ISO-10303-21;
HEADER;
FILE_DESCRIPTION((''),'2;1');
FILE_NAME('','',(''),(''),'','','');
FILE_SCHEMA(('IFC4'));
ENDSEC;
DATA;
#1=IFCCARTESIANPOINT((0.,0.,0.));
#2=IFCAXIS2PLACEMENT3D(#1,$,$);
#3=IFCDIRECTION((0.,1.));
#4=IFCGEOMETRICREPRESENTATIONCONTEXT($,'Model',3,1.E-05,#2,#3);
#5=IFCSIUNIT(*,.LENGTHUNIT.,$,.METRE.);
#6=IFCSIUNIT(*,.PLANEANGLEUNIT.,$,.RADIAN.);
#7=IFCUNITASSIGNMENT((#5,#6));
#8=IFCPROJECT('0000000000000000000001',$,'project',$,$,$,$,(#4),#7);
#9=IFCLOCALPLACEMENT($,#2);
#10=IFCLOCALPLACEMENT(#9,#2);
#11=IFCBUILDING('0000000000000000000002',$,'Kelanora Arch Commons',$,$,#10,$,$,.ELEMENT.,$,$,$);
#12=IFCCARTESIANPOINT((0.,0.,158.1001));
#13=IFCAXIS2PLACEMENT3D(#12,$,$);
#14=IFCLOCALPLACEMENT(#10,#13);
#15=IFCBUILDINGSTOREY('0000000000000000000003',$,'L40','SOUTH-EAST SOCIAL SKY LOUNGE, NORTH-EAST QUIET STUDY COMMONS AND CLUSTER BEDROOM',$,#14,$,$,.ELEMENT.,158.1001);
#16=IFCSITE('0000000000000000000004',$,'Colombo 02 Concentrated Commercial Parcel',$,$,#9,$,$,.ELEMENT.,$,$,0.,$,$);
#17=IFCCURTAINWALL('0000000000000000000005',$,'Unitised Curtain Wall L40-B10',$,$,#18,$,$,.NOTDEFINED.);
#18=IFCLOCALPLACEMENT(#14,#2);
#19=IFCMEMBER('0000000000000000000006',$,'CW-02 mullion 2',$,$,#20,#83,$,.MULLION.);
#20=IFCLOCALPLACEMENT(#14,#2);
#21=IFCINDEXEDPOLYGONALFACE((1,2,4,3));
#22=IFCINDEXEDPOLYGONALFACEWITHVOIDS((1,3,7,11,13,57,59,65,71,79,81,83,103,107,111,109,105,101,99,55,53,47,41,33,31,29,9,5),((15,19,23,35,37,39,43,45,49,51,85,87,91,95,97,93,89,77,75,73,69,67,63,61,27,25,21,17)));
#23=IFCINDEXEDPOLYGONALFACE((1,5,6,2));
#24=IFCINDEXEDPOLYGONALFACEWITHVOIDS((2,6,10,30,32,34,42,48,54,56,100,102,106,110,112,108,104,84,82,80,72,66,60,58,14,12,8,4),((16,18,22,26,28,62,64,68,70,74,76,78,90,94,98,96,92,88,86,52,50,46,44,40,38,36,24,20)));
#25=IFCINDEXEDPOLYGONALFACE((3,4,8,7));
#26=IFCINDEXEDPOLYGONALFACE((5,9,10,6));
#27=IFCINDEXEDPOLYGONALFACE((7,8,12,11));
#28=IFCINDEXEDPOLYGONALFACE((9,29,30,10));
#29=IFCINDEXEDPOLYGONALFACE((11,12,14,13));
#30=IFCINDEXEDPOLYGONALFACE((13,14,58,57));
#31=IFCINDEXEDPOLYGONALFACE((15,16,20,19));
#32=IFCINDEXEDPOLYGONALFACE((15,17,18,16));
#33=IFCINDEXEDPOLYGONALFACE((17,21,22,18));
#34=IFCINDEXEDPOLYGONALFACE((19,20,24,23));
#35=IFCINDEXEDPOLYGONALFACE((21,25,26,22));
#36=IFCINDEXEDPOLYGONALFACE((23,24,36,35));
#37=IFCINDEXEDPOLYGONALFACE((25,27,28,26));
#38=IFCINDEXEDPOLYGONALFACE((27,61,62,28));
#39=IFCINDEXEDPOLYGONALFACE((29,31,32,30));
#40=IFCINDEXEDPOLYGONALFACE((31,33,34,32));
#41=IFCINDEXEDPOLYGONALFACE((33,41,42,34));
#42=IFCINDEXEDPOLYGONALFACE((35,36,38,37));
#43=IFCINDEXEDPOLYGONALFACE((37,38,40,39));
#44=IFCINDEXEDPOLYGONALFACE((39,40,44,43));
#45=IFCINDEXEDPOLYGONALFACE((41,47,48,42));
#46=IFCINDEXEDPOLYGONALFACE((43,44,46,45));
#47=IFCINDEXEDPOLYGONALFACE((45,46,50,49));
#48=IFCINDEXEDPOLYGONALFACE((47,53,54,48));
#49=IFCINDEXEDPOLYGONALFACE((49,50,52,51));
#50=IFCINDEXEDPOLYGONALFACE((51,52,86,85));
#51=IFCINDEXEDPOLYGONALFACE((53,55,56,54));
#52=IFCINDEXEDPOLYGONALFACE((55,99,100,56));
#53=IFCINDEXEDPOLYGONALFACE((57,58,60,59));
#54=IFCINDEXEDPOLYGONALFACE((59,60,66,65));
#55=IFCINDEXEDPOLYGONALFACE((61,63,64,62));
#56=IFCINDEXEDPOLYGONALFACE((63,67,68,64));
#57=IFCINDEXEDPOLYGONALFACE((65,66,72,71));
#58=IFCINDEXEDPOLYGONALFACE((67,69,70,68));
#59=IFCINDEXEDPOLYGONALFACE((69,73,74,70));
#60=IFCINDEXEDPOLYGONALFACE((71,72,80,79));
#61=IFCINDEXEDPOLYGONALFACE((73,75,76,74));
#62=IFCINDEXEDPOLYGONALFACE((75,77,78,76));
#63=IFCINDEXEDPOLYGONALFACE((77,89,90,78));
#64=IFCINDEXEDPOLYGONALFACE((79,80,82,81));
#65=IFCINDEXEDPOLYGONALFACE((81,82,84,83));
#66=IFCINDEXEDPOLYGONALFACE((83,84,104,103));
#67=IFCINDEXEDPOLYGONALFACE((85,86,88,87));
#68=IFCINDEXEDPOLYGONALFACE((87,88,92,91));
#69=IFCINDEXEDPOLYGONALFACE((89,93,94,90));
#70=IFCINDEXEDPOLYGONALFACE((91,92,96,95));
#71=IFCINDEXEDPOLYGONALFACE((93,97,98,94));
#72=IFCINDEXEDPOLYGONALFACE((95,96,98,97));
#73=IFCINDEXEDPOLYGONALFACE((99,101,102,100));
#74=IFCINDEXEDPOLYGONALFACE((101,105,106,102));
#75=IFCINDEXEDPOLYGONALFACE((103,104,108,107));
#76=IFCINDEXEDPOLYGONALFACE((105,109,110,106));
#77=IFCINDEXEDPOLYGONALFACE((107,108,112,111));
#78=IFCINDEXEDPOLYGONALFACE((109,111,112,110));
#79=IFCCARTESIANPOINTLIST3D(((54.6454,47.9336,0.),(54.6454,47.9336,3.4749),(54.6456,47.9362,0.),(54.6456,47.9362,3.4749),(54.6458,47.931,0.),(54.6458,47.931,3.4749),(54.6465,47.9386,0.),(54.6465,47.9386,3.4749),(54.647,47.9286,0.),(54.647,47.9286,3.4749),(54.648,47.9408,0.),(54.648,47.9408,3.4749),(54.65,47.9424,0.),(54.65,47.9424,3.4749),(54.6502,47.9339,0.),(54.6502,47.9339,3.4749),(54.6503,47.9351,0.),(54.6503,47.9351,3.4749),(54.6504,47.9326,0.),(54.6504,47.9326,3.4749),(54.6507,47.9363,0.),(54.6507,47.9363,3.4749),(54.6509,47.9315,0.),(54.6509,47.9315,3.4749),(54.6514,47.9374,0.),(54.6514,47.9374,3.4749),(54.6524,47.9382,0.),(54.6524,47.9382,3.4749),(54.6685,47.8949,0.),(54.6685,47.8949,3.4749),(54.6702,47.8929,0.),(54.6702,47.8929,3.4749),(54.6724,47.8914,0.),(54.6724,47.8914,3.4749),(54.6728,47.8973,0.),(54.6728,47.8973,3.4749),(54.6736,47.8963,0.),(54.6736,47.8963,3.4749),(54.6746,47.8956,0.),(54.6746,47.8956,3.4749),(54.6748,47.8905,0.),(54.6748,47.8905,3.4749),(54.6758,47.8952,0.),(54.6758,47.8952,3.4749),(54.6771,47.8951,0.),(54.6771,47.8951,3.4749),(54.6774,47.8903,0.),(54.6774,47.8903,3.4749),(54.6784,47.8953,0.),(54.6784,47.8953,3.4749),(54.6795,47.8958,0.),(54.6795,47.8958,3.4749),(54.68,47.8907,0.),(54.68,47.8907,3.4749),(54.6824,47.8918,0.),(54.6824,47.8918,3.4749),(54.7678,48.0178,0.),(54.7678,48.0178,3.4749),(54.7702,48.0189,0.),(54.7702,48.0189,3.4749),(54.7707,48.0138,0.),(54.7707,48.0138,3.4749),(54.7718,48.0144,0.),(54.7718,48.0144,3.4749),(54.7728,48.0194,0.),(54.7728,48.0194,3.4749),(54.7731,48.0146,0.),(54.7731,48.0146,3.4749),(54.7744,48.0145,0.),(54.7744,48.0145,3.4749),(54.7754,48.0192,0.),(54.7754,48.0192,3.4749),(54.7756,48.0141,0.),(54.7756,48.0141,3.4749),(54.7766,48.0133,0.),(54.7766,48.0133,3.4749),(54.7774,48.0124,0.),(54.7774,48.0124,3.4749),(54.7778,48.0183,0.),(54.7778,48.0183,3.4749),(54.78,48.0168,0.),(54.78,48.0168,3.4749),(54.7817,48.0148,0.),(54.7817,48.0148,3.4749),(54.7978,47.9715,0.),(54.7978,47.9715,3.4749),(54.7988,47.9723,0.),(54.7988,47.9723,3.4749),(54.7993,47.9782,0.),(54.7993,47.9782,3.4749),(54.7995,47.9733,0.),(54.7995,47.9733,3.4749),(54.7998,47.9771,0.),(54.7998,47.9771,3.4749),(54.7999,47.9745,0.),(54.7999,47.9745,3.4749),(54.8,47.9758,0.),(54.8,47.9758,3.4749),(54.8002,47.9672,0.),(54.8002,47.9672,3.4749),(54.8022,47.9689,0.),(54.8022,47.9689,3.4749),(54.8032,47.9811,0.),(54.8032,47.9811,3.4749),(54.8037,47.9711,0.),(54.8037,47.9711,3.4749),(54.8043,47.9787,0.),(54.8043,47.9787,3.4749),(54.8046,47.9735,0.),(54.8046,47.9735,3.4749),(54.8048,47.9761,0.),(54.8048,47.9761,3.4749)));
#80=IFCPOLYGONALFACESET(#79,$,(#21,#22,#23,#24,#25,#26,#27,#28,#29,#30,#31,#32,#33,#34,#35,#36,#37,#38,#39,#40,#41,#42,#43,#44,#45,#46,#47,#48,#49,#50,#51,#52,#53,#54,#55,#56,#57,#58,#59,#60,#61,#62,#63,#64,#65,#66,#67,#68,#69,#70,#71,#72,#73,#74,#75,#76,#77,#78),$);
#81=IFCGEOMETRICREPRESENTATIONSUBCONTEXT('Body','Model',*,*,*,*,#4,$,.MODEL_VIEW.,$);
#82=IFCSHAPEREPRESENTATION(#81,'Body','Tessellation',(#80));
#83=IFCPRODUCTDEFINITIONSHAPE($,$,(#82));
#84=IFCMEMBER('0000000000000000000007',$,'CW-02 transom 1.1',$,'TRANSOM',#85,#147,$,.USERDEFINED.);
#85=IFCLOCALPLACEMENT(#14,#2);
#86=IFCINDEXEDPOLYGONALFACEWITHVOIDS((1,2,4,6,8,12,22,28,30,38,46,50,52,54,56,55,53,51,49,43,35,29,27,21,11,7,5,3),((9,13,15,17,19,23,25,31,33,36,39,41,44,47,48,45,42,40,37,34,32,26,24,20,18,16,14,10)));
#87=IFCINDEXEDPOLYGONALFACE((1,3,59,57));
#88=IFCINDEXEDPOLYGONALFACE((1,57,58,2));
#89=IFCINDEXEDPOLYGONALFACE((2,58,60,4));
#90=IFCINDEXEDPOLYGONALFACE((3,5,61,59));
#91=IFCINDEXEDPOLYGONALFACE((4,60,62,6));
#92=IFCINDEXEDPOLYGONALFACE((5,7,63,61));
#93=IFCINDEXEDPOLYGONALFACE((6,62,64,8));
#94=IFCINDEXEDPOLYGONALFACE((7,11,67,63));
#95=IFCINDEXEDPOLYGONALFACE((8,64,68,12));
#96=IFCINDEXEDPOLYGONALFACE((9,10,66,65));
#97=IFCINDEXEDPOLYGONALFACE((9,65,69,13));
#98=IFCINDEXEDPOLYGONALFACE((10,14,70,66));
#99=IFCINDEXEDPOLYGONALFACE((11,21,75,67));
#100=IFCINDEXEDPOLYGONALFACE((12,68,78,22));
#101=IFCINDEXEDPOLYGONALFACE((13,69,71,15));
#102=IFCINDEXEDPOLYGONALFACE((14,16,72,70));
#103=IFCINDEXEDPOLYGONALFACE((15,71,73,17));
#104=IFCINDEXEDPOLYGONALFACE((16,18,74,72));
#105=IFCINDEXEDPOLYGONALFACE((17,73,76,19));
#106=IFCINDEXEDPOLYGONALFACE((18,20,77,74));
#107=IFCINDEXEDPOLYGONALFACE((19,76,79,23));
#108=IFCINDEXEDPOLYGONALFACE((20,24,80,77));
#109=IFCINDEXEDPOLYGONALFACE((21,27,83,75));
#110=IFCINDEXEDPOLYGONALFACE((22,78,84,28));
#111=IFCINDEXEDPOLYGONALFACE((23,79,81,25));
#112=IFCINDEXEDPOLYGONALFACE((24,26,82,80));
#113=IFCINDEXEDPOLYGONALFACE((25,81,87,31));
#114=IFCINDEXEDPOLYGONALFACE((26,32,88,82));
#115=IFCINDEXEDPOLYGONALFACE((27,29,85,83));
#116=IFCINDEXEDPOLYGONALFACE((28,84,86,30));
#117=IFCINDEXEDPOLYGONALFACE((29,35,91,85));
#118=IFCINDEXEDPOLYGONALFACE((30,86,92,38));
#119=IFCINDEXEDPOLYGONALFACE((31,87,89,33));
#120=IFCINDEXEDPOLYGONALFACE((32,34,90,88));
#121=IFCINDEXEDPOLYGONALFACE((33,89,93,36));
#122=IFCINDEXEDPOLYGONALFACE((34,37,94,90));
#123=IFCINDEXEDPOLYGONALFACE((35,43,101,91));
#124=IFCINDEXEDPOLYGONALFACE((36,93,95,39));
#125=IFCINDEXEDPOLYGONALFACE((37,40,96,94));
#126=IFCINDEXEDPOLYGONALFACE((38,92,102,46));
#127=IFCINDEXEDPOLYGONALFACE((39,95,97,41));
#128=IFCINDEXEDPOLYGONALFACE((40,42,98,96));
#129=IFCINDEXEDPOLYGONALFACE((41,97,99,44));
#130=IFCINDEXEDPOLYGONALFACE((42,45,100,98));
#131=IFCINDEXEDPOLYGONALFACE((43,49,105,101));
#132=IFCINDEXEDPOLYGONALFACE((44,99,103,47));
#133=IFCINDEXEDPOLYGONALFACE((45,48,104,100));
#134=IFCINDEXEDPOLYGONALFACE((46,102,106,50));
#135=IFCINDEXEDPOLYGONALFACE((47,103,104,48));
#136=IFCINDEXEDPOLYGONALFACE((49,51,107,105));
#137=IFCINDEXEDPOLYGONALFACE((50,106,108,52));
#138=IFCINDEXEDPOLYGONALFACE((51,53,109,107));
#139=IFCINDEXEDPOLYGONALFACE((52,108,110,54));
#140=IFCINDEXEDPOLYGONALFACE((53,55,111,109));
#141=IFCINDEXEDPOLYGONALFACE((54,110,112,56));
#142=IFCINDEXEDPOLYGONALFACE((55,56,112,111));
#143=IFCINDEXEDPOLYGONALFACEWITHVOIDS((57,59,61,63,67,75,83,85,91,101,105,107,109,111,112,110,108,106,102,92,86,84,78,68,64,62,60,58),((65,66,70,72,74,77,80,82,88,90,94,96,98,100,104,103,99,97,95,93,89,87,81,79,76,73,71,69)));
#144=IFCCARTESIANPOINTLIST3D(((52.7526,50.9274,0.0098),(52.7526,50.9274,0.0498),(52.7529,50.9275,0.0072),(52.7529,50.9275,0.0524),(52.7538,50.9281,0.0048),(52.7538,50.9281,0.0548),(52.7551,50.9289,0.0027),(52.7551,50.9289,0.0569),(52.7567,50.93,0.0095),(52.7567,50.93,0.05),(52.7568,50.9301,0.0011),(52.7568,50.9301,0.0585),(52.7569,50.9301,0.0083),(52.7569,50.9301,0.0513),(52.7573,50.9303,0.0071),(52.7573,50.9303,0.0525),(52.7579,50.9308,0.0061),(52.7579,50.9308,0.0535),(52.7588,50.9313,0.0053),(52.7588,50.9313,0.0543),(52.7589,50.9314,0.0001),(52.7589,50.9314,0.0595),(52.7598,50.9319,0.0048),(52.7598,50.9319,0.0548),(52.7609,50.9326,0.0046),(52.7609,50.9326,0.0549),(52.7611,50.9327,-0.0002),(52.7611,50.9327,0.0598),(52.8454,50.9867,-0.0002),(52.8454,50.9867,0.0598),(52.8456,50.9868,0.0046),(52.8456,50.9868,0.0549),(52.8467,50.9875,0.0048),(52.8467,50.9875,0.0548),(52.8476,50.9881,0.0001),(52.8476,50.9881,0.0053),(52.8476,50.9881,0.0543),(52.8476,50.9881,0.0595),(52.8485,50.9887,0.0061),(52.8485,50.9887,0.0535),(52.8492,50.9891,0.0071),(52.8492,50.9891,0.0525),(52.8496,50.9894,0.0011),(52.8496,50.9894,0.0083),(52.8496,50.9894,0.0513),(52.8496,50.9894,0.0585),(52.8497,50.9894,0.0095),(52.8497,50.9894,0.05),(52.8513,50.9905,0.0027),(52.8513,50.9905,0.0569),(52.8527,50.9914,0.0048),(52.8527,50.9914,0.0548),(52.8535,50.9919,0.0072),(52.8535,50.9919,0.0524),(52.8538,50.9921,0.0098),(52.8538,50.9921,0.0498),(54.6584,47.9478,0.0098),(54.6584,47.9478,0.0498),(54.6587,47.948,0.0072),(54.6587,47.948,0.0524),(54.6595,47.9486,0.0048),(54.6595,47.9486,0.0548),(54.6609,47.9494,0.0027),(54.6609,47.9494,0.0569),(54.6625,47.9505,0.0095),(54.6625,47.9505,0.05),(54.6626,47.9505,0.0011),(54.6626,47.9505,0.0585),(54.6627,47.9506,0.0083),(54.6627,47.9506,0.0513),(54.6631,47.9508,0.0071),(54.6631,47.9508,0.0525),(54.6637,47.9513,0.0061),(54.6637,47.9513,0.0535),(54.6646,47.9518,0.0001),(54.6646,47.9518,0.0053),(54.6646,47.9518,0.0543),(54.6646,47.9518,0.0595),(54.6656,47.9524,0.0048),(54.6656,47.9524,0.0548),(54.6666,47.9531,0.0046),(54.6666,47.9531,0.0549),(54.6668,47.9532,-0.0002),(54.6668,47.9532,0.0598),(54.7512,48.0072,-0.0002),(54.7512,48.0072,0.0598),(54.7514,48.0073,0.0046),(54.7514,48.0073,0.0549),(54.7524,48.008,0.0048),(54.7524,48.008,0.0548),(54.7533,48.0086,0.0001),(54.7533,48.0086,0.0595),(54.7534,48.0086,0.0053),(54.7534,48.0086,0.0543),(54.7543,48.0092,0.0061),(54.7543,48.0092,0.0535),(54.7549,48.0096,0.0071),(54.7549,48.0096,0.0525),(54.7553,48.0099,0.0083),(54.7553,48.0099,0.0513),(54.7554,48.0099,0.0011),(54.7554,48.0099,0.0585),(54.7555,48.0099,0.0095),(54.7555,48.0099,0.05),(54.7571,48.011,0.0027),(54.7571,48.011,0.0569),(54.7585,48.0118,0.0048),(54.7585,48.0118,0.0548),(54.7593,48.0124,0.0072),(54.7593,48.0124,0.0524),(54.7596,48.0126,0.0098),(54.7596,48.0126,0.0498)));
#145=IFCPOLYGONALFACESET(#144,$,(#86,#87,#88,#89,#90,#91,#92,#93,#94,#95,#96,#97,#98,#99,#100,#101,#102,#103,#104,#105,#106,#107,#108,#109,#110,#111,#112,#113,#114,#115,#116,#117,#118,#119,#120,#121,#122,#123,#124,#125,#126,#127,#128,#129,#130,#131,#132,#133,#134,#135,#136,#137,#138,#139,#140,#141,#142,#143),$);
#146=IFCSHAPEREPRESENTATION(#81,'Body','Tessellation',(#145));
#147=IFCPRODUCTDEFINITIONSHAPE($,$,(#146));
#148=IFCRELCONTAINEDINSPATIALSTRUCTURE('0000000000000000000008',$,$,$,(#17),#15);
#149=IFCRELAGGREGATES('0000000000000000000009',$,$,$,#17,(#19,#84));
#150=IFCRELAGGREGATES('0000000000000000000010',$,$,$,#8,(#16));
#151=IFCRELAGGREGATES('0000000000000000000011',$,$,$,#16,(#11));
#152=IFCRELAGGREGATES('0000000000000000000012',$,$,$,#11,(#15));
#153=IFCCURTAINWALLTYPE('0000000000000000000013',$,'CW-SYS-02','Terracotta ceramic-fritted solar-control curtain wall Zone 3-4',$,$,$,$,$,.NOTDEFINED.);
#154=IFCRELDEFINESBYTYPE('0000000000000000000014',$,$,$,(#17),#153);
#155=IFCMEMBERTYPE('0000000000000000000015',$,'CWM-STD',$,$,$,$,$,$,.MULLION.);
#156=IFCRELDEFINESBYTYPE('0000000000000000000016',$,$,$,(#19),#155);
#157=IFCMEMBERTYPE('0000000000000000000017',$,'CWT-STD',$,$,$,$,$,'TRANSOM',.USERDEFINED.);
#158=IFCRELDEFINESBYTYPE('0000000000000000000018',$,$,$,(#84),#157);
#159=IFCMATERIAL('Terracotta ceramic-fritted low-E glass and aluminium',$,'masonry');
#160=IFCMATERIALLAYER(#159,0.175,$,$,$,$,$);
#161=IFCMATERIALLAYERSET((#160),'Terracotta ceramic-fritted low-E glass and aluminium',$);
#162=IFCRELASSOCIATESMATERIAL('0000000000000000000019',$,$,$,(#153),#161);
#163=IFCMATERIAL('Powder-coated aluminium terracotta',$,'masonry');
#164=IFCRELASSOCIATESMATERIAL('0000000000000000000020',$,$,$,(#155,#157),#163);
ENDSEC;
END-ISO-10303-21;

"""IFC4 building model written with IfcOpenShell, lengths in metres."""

from ifc_helpers import new_model, si_unit, direction, frame, origin, origin_2d, place, context, subcontext, project, spatial, hollow_rectangle, extrude, material, layer, layer_set, material_profile, profile_set, type_object, element, aggregate, save


model = new_model("IFC4")

# Units and contexts
model_context = context("Model", 3, precision=1e-05, world=origin(), true_north=direction((0.0, 1.0)))
body_context = subcontext(model_context, "Body", "Model", "MODEL_VIEW")
ifc_project = project(units=[si_unit("LENGTHUNIT", "METRE"), si_unit("PLANEANGLEUNIT", "RADIAN")], contexts=[model_context])

# Site, building, storey
site_placement = place(None, origin())
site = spatial("IfcSite", under=ifc_project, at=site_placement, Name="Colombo 02 Concentrated Commercial Parcel", CompositionType="ELEMENT", RefElevation=0.0)
building_placement = place(site_placement, origin())
building = spatial("IfcBuilding", under=site, at=building_placement, Name="Kelanora Arch Commons", CompositionType="ELEMENT")
storey_placement = place(building_placement, frame((0.0, 0.0, 158.1001)))
storey = spatial("IfcBuildingStorey", under=building, at=storey_placement, Name="L40", Description="SOUTH-EAST SOCIAL SKY LOUNGE, NORTH-EAST QUIET STUDY COMMONS AND CLUSTER BEDROOM", CompositionType="ELEMENT", Elevation=158.1001)

# Shared definitions
ifc_material_1 = material(Name="Terracotta ceramic-fritted low-E glass and aluminium", Category="masonry")
ifc_layer_1 = layer(ifc_material_1, 0.175)
ifc_layer_set_1 = layer_set([ifc_layer_1], Name="Terracotta ceramic-fritted low-E glass and aluminium")
curtain_wall_type = type_object("IfcCurtainWallType", Name="CW-SYS-02", Description="Terracotta ceramic-fritted solar-control curtain wall Zone 3-4", PredefinedType="NOTDEFINED", material=ifc_layer_set_1)
ifc_material_2 = material(Name="Powder-coated aluminium terracotta", Category="masonry")
ifc_material_profile_1 = material_profile(ifc_material_2, hollow_rectangle(XDim=0.1599, YDim=0.0601, WallThickness=0.0049, InnerFilletRadius=0.0049, OuterFilletRadius=0.01, at=origin_2d()), Name="CWM160x60")
ifc_profile_set_1 = profile_set([ifc_material_profile_1], Name="Powder-coated aluminium terracotta")
member_type_1 = type_object("IfcMemberType", Name="CWM-STD", PredefinedType="MULLION", material=ifc_profile_set_1)

# Curtain wall, members
curtain_wall_1_placement = place(storey_placement, origin())
curtain_wall_1 = element("IfcCurtainWall", 1, at=curtain_wall_1_placement, inside=storey, type_object=curtain_wall_type, Name="Unitised Curtain Wall L40-B10", PredefinedType="NOTDEFINED")
member_1_placement = place(storey_placement, frame((54.7251, 47.9548, 0.0), z_axis=(0.0, 0.0, 1.0), x_axis=(0.842423, 0.538817, 0.0)))
member_1 = element("IfcMember", 2, at=member_1_placement, type_object=member_type_1, Name="CW-02 mullion 2", PredefinedType="MULLION", context=body_context, shape_type="SweptSolid", body=[
    extrude(hollow_rectangle(XDim=0.1599, YDim=0.0601, WallThickness=0.0049, InnerFilletRadius=0.0049, OuterFilletRadius=0.01, at=origin_2d()), origin(), (0.0, 0.0, 1.0), 3.4749),
])
ifc_material_profile_2 = material_profile(ifc_material_2, hollow_rectangle(XDim=0.1201, YDim=0.0601, WallThickness=0.0049, InnerFilletRadius=0.0049, OuterFilletRadius=0.01, at=origin_2d()), Name="CWT120x60")
ifc_profile_set_2 = profile_set([ifc_material_profile_2], Name="Powder-coated aluminium terracotta")
member_type_2 = type_object("IfcMemberType", Name="CWT-STD", ElementType="TRANSOM", PredefinedType="USERDEFINED", material=ifc_profile_set_2)
member_2_placement = place(storey_placement, frame((52.8032, 50.9597, 0.0298), z_axis=(0.53883, -0.842414, 0.0), x_axis=(0.842414, 0.53883, 0.0)))
member_2 = element("IfcMember", 3, at=member_2_placement, type_object=member_type_2, Name="CW-02 transom 1.1", ObjectType="TRANSOM", PredefinedType="USERDEFINED", context=body_context, shape_type="SweptSolid", body=[
    extrude(hollow_rectangle(XDim=0.1201, YDim=0.0601, WallThickness=0.0049, InnerFilletRadius=0.0049, OuterFilletRadius=0.01, at=origin_2d()), origin(), (0.0, 0.0, 1.0), 3.5369),
])

aggregate(curtain_wall_1, [member_1, member_2])

save(model, "model.ifc")
